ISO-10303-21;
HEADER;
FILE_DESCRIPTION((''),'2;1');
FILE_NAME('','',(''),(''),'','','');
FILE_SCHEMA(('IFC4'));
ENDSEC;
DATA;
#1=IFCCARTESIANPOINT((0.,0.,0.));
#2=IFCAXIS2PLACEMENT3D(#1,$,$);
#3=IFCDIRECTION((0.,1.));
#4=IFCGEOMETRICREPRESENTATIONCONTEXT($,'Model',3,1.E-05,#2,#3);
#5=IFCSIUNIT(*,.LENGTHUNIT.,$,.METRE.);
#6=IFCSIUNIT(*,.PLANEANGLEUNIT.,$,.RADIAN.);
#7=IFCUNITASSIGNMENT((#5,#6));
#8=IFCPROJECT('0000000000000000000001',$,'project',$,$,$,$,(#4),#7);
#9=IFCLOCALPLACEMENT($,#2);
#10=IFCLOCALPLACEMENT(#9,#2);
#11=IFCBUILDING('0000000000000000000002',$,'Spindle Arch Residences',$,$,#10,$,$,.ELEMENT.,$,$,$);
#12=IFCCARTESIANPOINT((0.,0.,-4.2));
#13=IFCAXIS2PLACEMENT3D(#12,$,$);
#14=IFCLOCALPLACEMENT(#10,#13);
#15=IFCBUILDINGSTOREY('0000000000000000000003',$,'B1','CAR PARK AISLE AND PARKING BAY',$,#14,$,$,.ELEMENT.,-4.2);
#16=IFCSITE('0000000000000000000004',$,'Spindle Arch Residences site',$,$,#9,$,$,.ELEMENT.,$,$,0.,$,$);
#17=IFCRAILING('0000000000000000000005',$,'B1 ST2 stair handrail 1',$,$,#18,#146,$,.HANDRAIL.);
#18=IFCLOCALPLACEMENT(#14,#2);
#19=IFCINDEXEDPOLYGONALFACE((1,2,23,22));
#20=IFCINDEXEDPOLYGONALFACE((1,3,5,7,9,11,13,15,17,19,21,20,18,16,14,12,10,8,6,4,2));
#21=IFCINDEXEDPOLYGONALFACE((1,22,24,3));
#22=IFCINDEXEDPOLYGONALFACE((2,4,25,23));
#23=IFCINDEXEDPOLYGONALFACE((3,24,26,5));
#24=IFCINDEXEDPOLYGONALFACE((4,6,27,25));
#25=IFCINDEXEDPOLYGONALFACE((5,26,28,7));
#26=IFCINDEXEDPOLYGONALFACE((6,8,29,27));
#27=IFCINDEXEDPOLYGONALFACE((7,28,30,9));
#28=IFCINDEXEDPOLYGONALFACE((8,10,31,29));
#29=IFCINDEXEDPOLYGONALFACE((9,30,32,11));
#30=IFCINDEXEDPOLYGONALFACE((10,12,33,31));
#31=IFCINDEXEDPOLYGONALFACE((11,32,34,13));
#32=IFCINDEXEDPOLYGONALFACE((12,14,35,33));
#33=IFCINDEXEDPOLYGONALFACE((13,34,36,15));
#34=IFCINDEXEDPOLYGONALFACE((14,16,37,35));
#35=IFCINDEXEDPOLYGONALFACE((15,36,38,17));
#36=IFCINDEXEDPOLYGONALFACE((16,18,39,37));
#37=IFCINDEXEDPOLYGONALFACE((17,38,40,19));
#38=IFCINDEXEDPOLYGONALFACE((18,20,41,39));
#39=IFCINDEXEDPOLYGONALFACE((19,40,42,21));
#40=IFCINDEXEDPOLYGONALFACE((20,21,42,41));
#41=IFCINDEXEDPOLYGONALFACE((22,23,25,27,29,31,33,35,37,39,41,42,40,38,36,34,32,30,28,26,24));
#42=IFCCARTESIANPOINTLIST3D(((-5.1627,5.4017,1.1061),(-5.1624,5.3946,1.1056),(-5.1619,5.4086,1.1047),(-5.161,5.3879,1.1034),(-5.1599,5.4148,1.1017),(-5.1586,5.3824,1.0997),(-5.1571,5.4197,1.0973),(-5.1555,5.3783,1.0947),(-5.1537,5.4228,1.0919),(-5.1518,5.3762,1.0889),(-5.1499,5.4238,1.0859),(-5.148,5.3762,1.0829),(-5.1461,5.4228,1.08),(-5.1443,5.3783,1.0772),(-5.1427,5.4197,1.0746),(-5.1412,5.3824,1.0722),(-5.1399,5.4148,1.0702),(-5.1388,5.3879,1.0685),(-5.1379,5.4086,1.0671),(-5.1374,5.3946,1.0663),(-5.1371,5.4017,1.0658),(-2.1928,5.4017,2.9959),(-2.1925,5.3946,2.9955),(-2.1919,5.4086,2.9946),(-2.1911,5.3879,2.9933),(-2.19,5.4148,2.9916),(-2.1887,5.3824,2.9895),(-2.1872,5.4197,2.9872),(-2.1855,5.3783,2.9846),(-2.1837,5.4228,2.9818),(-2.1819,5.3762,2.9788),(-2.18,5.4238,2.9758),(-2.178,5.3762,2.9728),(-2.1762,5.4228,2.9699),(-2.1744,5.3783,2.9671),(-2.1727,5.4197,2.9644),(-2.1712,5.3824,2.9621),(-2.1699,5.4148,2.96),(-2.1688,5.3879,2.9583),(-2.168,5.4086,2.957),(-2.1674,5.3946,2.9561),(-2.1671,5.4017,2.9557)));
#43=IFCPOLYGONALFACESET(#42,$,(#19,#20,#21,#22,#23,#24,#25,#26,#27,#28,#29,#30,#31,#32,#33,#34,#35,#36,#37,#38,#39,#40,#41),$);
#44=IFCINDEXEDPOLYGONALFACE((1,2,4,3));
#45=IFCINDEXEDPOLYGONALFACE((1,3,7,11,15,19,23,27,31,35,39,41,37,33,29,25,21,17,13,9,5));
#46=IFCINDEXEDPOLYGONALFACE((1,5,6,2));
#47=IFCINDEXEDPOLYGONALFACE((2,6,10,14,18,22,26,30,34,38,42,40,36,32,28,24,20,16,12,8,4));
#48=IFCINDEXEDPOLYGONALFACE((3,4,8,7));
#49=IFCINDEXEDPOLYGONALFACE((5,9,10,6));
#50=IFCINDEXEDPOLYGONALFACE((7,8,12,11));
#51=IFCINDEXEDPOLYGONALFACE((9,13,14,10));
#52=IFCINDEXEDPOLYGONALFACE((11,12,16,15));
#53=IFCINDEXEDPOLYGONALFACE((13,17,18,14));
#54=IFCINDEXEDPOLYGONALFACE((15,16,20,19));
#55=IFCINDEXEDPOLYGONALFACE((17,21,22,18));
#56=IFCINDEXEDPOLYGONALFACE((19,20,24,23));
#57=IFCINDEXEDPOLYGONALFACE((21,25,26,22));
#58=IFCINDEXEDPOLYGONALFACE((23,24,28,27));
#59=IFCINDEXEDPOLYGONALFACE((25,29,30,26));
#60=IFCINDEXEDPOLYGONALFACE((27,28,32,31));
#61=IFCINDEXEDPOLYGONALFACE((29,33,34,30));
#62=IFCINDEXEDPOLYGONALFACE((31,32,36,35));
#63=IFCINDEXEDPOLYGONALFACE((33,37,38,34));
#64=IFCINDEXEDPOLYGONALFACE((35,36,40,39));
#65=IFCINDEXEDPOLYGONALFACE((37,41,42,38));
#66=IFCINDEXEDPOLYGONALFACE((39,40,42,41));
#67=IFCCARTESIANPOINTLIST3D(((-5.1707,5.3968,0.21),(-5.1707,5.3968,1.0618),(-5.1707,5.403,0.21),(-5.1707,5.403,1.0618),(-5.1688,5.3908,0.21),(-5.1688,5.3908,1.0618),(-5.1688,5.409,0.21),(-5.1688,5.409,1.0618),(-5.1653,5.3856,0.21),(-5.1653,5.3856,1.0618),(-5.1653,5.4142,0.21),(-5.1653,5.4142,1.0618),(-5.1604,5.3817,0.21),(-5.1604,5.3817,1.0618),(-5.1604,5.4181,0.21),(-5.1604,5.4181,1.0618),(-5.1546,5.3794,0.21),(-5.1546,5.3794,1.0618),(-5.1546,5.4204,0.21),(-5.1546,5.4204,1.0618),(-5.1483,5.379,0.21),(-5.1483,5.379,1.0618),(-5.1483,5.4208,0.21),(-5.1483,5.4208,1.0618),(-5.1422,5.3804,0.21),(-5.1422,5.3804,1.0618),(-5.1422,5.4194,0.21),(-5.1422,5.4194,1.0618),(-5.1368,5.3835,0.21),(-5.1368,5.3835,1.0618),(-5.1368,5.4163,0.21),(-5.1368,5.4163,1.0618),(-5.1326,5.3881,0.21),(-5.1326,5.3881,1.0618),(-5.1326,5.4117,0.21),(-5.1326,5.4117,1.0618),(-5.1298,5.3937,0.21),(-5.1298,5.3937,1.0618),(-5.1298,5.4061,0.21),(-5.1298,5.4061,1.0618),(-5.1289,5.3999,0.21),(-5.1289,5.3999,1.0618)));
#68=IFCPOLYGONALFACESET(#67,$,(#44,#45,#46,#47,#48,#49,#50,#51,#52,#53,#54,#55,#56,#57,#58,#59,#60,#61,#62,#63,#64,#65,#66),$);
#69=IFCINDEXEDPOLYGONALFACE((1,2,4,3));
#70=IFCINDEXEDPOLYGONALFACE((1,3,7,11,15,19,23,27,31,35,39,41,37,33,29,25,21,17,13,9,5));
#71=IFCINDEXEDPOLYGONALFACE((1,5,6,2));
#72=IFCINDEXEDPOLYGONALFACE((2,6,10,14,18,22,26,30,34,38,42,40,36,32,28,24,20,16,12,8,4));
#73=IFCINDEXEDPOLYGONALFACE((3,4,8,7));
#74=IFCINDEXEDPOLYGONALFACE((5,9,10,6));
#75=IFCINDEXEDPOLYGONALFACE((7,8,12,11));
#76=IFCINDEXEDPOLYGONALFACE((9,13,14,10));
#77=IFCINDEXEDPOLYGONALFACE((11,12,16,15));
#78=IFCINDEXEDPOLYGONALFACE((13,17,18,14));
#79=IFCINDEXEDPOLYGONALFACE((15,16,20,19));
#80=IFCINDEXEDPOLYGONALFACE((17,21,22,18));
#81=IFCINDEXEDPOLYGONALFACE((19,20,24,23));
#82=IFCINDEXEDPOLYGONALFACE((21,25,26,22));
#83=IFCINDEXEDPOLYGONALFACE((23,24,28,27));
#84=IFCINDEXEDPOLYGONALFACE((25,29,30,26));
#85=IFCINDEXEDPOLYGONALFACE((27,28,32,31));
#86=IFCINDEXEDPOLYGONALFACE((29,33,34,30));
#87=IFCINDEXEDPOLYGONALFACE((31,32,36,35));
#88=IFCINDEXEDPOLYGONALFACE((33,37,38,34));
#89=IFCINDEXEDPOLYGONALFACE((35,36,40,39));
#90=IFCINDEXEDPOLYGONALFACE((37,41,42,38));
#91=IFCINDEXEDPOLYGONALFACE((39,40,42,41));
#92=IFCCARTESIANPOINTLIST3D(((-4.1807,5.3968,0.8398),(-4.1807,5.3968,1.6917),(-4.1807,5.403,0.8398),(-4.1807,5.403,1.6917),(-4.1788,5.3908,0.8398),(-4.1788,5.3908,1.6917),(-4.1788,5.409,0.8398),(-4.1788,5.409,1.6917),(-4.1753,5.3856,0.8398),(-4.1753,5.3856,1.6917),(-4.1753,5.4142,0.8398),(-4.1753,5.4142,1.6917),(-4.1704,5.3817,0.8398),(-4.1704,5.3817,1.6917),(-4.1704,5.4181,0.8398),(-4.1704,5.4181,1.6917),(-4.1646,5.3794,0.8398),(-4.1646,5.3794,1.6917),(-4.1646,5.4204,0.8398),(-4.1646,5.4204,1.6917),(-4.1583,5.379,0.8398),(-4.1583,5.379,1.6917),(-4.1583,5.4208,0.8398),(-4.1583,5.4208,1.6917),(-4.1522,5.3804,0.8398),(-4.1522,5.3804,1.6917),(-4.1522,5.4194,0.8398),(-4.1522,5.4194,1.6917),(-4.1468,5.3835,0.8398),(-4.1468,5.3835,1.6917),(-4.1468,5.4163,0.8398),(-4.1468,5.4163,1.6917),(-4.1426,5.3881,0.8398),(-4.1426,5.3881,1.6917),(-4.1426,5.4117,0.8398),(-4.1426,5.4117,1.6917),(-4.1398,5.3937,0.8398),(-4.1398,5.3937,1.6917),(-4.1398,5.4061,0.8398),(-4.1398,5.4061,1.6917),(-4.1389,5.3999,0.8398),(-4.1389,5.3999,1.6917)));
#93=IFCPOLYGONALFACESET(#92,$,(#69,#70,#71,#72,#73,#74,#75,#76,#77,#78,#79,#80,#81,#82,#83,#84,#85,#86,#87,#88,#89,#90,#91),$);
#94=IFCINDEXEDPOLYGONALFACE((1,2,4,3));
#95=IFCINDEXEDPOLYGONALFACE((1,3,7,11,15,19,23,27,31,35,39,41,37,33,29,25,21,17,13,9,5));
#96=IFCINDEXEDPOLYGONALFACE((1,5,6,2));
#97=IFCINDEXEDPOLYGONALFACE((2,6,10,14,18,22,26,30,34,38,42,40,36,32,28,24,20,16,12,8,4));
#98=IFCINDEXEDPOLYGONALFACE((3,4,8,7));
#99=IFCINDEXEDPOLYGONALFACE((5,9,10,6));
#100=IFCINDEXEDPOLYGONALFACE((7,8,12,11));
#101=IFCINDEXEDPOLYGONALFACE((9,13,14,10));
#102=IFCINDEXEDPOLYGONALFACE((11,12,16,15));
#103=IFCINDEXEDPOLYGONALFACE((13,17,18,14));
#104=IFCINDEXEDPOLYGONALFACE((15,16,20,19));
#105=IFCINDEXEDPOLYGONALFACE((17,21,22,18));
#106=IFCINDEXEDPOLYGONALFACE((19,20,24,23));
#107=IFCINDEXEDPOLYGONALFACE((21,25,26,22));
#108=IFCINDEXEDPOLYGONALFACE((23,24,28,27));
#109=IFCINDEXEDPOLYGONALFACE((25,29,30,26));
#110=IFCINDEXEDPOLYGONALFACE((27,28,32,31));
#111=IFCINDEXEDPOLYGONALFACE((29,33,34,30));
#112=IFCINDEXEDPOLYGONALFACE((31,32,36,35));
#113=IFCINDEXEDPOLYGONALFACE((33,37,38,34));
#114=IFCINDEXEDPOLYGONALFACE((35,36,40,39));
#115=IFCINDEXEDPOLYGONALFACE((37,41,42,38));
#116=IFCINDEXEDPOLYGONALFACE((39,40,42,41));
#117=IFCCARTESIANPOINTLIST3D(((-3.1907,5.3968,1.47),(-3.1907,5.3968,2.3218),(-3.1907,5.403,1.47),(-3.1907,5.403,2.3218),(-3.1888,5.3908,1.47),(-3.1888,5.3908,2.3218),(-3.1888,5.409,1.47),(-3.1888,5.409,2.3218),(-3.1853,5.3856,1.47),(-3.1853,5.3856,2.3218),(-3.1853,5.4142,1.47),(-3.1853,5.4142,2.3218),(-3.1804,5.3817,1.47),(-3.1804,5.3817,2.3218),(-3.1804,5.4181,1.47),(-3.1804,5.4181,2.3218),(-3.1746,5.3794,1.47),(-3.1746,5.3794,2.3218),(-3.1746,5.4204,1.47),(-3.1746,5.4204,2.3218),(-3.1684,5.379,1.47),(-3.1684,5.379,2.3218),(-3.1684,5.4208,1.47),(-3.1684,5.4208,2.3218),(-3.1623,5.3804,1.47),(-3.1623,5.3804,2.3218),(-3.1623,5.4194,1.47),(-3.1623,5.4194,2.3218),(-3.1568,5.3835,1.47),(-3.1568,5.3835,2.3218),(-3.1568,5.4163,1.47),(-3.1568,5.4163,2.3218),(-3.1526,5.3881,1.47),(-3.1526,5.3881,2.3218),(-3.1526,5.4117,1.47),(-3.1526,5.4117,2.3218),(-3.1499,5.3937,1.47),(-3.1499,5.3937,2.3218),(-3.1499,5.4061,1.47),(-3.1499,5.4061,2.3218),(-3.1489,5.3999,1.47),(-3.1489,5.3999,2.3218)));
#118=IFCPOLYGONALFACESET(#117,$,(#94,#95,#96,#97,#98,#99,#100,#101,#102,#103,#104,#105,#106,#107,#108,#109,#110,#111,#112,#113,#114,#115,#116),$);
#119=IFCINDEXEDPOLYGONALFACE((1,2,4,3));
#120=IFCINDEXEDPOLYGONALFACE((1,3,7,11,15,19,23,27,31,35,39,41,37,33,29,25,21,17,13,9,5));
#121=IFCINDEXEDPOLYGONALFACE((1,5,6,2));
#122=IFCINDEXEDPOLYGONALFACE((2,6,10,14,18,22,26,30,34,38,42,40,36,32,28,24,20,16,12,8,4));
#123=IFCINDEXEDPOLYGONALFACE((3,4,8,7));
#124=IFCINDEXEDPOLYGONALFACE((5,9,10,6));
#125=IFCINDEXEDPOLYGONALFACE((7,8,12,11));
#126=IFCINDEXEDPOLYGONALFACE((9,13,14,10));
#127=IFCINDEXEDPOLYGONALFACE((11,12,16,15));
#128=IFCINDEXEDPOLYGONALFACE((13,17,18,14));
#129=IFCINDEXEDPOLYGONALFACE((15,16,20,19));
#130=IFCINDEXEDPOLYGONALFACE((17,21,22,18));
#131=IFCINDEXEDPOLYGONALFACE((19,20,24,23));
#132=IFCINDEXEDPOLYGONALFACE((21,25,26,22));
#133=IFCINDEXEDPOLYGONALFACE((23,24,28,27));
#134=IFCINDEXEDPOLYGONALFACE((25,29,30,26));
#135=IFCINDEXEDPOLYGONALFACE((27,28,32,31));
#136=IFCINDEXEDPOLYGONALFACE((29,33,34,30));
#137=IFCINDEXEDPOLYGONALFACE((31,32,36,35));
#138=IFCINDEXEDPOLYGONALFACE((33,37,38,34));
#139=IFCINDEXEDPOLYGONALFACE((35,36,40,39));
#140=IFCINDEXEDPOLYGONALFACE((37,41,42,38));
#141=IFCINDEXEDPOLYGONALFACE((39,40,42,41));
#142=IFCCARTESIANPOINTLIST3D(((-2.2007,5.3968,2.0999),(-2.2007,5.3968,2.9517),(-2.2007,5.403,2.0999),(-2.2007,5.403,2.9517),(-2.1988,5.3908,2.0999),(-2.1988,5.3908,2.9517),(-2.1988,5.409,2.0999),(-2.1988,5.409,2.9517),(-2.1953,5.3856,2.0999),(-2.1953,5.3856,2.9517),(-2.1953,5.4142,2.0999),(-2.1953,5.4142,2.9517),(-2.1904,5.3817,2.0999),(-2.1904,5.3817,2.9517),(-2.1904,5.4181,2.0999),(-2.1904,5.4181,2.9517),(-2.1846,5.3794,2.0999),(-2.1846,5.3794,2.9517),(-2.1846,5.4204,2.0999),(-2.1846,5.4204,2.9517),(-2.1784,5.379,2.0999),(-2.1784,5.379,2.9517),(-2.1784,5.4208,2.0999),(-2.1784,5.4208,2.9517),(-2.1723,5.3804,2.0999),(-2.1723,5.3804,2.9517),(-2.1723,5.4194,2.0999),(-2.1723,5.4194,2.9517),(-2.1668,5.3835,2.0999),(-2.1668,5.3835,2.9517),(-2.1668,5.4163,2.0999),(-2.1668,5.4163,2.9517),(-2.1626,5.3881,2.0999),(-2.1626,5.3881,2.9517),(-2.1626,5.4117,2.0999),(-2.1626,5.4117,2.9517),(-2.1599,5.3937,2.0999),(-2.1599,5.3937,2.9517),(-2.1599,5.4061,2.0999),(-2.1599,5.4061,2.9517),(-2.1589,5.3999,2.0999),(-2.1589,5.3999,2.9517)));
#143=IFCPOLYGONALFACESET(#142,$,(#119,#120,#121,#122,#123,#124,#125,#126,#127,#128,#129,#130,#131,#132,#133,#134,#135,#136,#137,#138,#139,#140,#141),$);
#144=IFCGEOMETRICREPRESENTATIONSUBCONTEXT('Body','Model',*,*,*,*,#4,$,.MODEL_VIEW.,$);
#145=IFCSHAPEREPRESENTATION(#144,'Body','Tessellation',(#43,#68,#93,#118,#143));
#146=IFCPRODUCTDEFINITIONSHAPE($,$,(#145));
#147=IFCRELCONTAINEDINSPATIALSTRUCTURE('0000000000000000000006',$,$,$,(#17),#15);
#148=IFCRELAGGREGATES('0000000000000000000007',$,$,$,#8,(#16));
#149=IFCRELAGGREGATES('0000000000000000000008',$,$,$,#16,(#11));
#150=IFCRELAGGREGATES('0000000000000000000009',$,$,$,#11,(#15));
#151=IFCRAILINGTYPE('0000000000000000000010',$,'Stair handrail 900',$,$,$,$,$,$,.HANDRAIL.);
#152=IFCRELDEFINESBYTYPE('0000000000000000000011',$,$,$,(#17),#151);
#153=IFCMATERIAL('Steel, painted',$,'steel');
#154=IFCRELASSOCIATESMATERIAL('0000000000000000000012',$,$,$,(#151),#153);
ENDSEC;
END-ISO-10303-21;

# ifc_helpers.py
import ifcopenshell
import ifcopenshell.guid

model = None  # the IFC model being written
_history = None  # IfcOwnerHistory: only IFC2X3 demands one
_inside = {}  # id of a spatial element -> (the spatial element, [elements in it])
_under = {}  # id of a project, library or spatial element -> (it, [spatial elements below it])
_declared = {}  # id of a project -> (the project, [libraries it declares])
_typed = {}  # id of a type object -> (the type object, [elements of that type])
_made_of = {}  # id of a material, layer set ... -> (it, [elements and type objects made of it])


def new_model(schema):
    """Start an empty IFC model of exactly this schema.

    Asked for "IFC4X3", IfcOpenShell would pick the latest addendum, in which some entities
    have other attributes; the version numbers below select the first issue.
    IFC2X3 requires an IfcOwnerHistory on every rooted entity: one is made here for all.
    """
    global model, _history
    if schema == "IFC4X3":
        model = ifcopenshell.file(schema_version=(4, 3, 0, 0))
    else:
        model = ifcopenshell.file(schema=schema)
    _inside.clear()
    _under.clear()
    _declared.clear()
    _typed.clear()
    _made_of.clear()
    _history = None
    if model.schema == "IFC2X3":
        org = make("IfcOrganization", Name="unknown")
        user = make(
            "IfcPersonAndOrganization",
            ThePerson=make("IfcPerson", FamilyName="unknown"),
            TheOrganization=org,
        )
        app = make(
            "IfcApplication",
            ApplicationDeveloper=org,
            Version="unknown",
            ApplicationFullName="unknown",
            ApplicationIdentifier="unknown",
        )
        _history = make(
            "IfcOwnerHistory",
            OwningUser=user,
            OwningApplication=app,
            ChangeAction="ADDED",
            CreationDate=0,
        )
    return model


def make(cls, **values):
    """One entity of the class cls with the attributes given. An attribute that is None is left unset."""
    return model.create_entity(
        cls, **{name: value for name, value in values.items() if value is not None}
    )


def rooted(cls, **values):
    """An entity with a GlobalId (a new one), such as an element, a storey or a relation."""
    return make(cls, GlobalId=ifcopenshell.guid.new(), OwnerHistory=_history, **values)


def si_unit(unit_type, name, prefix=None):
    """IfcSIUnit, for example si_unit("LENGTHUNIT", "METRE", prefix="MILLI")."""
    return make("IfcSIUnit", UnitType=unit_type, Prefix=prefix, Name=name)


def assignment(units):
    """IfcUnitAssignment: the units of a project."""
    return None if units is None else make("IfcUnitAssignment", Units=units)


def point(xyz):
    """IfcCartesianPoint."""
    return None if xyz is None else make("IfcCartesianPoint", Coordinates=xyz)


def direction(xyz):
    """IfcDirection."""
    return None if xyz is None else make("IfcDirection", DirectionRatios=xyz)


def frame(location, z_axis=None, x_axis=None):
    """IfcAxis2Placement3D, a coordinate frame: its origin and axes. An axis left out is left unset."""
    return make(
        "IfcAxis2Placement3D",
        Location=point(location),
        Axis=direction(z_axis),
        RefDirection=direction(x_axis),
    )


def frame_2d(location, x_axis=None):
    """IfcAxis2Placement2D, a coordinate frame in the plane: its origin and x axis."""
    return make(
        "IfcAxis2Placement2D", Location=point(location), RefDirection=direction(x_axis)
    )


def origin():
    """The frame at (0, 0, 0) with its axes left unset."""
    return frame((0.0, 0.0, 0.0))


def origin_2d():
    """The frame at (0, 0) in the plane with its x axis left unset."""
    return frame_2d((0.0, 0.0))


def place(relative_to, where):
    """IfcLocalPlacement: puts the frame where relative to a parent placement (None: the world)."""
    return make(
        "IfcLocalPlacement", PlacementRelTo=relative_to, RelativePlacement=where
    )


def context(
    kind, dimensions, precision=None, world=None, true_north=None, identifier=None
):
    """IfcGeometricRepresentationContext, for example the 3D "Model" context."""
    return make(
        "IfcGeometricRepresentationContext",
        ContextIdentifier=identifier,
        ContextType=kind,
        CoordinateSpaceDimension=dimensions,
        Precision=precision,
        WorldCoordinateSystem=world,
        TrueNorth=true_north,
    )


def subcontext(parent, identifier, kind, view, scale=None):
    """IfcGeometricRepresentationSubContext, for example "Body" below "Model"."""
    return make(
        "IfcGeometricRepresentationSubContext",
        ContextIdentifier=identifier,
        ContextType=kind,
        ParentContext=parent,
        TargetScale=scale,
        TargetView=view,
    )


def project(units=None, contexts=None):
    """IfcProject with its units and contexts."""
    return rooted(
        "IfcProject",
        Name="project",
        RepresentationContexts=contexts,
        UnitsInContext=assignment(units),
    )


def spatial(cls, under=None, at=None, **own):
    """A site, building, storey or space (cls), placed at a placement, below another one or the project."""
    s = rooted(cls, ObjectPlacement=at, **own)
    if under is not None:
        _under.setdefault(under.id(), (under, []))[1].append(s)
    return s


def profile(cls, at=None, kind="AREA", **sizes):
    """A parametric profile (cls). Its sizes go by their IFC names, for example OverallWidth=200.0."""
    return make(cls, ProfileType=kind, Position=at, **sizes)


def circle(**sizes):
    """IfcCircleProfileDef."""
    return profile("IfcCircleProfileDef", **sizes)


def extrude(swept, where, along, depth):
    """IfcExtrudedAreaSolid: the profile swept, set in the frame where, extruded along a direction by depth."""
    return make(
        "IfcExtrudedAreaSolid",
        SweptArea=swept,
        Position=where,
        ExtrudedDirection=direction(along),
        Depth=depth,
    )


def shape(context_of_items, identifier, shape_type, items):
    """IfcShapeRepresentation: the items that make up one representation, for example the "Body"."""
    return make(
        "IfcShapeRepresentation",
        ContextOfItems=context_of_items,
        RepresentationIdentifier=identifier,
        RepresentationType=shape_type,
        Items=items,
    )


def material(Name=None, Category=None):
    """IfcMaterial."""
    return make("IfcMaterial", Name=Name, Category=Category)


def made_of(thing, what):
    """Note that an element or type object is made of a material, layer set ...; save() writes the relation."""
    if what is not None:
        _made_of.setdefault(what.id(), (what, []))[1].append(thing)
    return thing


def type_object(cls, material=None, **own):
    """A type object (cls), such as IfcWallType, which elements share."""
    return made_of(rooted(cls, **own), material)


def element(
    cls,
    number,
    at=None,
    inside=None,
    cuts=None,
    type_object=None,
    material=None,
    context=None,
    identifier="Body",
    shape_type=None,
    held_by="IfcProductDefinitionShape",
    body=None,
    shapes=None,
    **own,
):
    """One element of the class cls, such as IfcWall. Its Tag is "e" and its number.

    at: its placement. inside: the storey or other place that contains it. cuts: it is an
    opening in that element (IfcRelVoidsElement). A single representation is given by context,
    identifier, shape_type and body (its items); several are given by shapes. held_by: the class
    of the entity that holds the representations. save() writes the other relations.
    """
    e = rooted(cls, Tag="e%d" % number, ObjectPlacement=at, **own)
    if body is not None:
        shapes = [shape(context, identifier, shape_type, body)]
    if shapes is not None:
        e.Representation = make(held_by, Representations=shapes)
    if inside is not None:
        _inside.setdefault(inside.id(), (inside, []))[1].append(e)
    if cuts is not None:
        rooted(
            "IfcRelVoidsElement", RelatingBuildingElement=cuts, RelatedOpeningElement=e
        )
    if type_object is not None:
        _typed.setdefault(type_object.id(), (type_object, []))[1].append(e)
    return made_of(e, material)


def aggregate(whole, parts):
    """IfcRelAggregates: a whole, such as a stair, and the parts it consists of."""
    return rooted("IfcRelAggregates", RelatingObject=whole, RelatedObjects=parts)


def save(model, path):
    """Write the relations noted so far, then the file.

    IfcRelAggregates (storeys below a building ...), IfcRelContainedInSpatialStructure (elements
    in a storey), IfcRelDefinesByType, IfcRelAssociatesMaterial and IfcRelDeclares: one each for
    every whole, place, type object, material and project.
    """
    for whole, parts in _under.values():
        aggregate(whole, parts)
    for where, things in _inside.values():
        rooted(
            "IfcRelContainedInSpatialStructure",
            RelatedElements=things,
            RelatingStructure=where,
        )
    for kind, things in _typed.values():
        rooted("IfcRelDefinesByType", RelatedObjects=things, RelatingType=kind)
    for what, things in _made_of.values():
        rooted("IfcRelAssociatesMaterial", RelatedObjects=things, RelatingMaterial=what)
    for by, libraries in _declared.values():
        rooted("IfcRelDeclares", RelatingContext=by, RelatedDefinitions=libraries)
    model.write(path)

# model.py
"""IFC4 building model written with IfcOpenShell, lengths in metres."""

from ifc_helpers import new_model, si_unit, direction, frame, origin, origin_2d, place, context, subcontext, project, spatial, circle, extrude, material, type_object, element, save


model = new_model("IFC4")

# Units and contexts
model_context = context("Model", 3, precision=1e-05, world=origin(), true_north=direction((0.0, 1.0)))
body_context = subcontext(model_context, "Body", "Model", "MODEL_VIEW")
ifc_project = project(units=[si_unit("LENGTHUNIT", "METRE"), si_unit("PLANEANGLEUNIT", "RADIAN")], contexts=[model_context])

# Site, building, storey
site_placement = place(None, origin())
site = spatial("IfcSite", under=ifc_project, at=site_placement, Name="Spindle Arch Residences site", CompositionType="ELEMENT", RefElevation=0.0)
building_placement = place(site_placement, origin())
building = spatial("IfcBuilding", under=site, at=building_placement, Name="Spindle Arch Residences", CompositionType="ELEMENT")
storey_placement = place(building_placement, frame((0.0, 0.0, -4.2)))
storey = spatial("IfcBuildingStorey", under=building, at=storey_placement, Name="B1", Description="CAR PARK AISLE AND PARKING BAY", CompositionType="ELEMENT", Elevation=-4.2)

# Railing
ifc_material_1 = material(Name="Steel, painted", Category="steel")
railing_type_1 = type_object("IfcRailingType", Name="Stair handrail 900", PredefinedType="HANDRAIL", material=ifc_material_1)
railing_1_placement = place(storey_placement, frame((-5.1499, 5.3999, 0.21)))
element("IfcRailing", 1, at=railing_1_placement, inside=storey, type_object=railing_type_1, Name="B1 ST2 stair handrail 1", PredefinedType="HANDRAIL", context=body_context, shape_type="SweptSolid", body=[
    extrude(circle(Radius=0.0239, at=origin_2d()), frame((0.0, 0.0, 0.876), z_axis=(0.843673, 0.0, 0.536858), x_axis=(0.0, 1.0, 0.0)), (0.0, 0.0, 1.0), 3.5203),
    extrude(circle(Radius=0.021, at=origin_2d()), origin(), (0.0, 0.0, 1.0), 0.8518),
    extrude(circle(Radius=0.021, at=origin_2d()), frame((0.99, 0.0, 0.6299)), (0.0, 0.0, 1.0), 0.8518),
    extrude(circle(Radius=0.021, at=origin_2d()), frame((1.98, 0.0, 1.26)), (0.0, 0.0, 1.0), 0.8518),
    extrude(circle(Radius=0.021, at=origin_2d()), frame((2.97, 0.0, 1.8899)), (0.0, 0.0, 1.0), 0.8518),
])

save(model, "model.ifc")
